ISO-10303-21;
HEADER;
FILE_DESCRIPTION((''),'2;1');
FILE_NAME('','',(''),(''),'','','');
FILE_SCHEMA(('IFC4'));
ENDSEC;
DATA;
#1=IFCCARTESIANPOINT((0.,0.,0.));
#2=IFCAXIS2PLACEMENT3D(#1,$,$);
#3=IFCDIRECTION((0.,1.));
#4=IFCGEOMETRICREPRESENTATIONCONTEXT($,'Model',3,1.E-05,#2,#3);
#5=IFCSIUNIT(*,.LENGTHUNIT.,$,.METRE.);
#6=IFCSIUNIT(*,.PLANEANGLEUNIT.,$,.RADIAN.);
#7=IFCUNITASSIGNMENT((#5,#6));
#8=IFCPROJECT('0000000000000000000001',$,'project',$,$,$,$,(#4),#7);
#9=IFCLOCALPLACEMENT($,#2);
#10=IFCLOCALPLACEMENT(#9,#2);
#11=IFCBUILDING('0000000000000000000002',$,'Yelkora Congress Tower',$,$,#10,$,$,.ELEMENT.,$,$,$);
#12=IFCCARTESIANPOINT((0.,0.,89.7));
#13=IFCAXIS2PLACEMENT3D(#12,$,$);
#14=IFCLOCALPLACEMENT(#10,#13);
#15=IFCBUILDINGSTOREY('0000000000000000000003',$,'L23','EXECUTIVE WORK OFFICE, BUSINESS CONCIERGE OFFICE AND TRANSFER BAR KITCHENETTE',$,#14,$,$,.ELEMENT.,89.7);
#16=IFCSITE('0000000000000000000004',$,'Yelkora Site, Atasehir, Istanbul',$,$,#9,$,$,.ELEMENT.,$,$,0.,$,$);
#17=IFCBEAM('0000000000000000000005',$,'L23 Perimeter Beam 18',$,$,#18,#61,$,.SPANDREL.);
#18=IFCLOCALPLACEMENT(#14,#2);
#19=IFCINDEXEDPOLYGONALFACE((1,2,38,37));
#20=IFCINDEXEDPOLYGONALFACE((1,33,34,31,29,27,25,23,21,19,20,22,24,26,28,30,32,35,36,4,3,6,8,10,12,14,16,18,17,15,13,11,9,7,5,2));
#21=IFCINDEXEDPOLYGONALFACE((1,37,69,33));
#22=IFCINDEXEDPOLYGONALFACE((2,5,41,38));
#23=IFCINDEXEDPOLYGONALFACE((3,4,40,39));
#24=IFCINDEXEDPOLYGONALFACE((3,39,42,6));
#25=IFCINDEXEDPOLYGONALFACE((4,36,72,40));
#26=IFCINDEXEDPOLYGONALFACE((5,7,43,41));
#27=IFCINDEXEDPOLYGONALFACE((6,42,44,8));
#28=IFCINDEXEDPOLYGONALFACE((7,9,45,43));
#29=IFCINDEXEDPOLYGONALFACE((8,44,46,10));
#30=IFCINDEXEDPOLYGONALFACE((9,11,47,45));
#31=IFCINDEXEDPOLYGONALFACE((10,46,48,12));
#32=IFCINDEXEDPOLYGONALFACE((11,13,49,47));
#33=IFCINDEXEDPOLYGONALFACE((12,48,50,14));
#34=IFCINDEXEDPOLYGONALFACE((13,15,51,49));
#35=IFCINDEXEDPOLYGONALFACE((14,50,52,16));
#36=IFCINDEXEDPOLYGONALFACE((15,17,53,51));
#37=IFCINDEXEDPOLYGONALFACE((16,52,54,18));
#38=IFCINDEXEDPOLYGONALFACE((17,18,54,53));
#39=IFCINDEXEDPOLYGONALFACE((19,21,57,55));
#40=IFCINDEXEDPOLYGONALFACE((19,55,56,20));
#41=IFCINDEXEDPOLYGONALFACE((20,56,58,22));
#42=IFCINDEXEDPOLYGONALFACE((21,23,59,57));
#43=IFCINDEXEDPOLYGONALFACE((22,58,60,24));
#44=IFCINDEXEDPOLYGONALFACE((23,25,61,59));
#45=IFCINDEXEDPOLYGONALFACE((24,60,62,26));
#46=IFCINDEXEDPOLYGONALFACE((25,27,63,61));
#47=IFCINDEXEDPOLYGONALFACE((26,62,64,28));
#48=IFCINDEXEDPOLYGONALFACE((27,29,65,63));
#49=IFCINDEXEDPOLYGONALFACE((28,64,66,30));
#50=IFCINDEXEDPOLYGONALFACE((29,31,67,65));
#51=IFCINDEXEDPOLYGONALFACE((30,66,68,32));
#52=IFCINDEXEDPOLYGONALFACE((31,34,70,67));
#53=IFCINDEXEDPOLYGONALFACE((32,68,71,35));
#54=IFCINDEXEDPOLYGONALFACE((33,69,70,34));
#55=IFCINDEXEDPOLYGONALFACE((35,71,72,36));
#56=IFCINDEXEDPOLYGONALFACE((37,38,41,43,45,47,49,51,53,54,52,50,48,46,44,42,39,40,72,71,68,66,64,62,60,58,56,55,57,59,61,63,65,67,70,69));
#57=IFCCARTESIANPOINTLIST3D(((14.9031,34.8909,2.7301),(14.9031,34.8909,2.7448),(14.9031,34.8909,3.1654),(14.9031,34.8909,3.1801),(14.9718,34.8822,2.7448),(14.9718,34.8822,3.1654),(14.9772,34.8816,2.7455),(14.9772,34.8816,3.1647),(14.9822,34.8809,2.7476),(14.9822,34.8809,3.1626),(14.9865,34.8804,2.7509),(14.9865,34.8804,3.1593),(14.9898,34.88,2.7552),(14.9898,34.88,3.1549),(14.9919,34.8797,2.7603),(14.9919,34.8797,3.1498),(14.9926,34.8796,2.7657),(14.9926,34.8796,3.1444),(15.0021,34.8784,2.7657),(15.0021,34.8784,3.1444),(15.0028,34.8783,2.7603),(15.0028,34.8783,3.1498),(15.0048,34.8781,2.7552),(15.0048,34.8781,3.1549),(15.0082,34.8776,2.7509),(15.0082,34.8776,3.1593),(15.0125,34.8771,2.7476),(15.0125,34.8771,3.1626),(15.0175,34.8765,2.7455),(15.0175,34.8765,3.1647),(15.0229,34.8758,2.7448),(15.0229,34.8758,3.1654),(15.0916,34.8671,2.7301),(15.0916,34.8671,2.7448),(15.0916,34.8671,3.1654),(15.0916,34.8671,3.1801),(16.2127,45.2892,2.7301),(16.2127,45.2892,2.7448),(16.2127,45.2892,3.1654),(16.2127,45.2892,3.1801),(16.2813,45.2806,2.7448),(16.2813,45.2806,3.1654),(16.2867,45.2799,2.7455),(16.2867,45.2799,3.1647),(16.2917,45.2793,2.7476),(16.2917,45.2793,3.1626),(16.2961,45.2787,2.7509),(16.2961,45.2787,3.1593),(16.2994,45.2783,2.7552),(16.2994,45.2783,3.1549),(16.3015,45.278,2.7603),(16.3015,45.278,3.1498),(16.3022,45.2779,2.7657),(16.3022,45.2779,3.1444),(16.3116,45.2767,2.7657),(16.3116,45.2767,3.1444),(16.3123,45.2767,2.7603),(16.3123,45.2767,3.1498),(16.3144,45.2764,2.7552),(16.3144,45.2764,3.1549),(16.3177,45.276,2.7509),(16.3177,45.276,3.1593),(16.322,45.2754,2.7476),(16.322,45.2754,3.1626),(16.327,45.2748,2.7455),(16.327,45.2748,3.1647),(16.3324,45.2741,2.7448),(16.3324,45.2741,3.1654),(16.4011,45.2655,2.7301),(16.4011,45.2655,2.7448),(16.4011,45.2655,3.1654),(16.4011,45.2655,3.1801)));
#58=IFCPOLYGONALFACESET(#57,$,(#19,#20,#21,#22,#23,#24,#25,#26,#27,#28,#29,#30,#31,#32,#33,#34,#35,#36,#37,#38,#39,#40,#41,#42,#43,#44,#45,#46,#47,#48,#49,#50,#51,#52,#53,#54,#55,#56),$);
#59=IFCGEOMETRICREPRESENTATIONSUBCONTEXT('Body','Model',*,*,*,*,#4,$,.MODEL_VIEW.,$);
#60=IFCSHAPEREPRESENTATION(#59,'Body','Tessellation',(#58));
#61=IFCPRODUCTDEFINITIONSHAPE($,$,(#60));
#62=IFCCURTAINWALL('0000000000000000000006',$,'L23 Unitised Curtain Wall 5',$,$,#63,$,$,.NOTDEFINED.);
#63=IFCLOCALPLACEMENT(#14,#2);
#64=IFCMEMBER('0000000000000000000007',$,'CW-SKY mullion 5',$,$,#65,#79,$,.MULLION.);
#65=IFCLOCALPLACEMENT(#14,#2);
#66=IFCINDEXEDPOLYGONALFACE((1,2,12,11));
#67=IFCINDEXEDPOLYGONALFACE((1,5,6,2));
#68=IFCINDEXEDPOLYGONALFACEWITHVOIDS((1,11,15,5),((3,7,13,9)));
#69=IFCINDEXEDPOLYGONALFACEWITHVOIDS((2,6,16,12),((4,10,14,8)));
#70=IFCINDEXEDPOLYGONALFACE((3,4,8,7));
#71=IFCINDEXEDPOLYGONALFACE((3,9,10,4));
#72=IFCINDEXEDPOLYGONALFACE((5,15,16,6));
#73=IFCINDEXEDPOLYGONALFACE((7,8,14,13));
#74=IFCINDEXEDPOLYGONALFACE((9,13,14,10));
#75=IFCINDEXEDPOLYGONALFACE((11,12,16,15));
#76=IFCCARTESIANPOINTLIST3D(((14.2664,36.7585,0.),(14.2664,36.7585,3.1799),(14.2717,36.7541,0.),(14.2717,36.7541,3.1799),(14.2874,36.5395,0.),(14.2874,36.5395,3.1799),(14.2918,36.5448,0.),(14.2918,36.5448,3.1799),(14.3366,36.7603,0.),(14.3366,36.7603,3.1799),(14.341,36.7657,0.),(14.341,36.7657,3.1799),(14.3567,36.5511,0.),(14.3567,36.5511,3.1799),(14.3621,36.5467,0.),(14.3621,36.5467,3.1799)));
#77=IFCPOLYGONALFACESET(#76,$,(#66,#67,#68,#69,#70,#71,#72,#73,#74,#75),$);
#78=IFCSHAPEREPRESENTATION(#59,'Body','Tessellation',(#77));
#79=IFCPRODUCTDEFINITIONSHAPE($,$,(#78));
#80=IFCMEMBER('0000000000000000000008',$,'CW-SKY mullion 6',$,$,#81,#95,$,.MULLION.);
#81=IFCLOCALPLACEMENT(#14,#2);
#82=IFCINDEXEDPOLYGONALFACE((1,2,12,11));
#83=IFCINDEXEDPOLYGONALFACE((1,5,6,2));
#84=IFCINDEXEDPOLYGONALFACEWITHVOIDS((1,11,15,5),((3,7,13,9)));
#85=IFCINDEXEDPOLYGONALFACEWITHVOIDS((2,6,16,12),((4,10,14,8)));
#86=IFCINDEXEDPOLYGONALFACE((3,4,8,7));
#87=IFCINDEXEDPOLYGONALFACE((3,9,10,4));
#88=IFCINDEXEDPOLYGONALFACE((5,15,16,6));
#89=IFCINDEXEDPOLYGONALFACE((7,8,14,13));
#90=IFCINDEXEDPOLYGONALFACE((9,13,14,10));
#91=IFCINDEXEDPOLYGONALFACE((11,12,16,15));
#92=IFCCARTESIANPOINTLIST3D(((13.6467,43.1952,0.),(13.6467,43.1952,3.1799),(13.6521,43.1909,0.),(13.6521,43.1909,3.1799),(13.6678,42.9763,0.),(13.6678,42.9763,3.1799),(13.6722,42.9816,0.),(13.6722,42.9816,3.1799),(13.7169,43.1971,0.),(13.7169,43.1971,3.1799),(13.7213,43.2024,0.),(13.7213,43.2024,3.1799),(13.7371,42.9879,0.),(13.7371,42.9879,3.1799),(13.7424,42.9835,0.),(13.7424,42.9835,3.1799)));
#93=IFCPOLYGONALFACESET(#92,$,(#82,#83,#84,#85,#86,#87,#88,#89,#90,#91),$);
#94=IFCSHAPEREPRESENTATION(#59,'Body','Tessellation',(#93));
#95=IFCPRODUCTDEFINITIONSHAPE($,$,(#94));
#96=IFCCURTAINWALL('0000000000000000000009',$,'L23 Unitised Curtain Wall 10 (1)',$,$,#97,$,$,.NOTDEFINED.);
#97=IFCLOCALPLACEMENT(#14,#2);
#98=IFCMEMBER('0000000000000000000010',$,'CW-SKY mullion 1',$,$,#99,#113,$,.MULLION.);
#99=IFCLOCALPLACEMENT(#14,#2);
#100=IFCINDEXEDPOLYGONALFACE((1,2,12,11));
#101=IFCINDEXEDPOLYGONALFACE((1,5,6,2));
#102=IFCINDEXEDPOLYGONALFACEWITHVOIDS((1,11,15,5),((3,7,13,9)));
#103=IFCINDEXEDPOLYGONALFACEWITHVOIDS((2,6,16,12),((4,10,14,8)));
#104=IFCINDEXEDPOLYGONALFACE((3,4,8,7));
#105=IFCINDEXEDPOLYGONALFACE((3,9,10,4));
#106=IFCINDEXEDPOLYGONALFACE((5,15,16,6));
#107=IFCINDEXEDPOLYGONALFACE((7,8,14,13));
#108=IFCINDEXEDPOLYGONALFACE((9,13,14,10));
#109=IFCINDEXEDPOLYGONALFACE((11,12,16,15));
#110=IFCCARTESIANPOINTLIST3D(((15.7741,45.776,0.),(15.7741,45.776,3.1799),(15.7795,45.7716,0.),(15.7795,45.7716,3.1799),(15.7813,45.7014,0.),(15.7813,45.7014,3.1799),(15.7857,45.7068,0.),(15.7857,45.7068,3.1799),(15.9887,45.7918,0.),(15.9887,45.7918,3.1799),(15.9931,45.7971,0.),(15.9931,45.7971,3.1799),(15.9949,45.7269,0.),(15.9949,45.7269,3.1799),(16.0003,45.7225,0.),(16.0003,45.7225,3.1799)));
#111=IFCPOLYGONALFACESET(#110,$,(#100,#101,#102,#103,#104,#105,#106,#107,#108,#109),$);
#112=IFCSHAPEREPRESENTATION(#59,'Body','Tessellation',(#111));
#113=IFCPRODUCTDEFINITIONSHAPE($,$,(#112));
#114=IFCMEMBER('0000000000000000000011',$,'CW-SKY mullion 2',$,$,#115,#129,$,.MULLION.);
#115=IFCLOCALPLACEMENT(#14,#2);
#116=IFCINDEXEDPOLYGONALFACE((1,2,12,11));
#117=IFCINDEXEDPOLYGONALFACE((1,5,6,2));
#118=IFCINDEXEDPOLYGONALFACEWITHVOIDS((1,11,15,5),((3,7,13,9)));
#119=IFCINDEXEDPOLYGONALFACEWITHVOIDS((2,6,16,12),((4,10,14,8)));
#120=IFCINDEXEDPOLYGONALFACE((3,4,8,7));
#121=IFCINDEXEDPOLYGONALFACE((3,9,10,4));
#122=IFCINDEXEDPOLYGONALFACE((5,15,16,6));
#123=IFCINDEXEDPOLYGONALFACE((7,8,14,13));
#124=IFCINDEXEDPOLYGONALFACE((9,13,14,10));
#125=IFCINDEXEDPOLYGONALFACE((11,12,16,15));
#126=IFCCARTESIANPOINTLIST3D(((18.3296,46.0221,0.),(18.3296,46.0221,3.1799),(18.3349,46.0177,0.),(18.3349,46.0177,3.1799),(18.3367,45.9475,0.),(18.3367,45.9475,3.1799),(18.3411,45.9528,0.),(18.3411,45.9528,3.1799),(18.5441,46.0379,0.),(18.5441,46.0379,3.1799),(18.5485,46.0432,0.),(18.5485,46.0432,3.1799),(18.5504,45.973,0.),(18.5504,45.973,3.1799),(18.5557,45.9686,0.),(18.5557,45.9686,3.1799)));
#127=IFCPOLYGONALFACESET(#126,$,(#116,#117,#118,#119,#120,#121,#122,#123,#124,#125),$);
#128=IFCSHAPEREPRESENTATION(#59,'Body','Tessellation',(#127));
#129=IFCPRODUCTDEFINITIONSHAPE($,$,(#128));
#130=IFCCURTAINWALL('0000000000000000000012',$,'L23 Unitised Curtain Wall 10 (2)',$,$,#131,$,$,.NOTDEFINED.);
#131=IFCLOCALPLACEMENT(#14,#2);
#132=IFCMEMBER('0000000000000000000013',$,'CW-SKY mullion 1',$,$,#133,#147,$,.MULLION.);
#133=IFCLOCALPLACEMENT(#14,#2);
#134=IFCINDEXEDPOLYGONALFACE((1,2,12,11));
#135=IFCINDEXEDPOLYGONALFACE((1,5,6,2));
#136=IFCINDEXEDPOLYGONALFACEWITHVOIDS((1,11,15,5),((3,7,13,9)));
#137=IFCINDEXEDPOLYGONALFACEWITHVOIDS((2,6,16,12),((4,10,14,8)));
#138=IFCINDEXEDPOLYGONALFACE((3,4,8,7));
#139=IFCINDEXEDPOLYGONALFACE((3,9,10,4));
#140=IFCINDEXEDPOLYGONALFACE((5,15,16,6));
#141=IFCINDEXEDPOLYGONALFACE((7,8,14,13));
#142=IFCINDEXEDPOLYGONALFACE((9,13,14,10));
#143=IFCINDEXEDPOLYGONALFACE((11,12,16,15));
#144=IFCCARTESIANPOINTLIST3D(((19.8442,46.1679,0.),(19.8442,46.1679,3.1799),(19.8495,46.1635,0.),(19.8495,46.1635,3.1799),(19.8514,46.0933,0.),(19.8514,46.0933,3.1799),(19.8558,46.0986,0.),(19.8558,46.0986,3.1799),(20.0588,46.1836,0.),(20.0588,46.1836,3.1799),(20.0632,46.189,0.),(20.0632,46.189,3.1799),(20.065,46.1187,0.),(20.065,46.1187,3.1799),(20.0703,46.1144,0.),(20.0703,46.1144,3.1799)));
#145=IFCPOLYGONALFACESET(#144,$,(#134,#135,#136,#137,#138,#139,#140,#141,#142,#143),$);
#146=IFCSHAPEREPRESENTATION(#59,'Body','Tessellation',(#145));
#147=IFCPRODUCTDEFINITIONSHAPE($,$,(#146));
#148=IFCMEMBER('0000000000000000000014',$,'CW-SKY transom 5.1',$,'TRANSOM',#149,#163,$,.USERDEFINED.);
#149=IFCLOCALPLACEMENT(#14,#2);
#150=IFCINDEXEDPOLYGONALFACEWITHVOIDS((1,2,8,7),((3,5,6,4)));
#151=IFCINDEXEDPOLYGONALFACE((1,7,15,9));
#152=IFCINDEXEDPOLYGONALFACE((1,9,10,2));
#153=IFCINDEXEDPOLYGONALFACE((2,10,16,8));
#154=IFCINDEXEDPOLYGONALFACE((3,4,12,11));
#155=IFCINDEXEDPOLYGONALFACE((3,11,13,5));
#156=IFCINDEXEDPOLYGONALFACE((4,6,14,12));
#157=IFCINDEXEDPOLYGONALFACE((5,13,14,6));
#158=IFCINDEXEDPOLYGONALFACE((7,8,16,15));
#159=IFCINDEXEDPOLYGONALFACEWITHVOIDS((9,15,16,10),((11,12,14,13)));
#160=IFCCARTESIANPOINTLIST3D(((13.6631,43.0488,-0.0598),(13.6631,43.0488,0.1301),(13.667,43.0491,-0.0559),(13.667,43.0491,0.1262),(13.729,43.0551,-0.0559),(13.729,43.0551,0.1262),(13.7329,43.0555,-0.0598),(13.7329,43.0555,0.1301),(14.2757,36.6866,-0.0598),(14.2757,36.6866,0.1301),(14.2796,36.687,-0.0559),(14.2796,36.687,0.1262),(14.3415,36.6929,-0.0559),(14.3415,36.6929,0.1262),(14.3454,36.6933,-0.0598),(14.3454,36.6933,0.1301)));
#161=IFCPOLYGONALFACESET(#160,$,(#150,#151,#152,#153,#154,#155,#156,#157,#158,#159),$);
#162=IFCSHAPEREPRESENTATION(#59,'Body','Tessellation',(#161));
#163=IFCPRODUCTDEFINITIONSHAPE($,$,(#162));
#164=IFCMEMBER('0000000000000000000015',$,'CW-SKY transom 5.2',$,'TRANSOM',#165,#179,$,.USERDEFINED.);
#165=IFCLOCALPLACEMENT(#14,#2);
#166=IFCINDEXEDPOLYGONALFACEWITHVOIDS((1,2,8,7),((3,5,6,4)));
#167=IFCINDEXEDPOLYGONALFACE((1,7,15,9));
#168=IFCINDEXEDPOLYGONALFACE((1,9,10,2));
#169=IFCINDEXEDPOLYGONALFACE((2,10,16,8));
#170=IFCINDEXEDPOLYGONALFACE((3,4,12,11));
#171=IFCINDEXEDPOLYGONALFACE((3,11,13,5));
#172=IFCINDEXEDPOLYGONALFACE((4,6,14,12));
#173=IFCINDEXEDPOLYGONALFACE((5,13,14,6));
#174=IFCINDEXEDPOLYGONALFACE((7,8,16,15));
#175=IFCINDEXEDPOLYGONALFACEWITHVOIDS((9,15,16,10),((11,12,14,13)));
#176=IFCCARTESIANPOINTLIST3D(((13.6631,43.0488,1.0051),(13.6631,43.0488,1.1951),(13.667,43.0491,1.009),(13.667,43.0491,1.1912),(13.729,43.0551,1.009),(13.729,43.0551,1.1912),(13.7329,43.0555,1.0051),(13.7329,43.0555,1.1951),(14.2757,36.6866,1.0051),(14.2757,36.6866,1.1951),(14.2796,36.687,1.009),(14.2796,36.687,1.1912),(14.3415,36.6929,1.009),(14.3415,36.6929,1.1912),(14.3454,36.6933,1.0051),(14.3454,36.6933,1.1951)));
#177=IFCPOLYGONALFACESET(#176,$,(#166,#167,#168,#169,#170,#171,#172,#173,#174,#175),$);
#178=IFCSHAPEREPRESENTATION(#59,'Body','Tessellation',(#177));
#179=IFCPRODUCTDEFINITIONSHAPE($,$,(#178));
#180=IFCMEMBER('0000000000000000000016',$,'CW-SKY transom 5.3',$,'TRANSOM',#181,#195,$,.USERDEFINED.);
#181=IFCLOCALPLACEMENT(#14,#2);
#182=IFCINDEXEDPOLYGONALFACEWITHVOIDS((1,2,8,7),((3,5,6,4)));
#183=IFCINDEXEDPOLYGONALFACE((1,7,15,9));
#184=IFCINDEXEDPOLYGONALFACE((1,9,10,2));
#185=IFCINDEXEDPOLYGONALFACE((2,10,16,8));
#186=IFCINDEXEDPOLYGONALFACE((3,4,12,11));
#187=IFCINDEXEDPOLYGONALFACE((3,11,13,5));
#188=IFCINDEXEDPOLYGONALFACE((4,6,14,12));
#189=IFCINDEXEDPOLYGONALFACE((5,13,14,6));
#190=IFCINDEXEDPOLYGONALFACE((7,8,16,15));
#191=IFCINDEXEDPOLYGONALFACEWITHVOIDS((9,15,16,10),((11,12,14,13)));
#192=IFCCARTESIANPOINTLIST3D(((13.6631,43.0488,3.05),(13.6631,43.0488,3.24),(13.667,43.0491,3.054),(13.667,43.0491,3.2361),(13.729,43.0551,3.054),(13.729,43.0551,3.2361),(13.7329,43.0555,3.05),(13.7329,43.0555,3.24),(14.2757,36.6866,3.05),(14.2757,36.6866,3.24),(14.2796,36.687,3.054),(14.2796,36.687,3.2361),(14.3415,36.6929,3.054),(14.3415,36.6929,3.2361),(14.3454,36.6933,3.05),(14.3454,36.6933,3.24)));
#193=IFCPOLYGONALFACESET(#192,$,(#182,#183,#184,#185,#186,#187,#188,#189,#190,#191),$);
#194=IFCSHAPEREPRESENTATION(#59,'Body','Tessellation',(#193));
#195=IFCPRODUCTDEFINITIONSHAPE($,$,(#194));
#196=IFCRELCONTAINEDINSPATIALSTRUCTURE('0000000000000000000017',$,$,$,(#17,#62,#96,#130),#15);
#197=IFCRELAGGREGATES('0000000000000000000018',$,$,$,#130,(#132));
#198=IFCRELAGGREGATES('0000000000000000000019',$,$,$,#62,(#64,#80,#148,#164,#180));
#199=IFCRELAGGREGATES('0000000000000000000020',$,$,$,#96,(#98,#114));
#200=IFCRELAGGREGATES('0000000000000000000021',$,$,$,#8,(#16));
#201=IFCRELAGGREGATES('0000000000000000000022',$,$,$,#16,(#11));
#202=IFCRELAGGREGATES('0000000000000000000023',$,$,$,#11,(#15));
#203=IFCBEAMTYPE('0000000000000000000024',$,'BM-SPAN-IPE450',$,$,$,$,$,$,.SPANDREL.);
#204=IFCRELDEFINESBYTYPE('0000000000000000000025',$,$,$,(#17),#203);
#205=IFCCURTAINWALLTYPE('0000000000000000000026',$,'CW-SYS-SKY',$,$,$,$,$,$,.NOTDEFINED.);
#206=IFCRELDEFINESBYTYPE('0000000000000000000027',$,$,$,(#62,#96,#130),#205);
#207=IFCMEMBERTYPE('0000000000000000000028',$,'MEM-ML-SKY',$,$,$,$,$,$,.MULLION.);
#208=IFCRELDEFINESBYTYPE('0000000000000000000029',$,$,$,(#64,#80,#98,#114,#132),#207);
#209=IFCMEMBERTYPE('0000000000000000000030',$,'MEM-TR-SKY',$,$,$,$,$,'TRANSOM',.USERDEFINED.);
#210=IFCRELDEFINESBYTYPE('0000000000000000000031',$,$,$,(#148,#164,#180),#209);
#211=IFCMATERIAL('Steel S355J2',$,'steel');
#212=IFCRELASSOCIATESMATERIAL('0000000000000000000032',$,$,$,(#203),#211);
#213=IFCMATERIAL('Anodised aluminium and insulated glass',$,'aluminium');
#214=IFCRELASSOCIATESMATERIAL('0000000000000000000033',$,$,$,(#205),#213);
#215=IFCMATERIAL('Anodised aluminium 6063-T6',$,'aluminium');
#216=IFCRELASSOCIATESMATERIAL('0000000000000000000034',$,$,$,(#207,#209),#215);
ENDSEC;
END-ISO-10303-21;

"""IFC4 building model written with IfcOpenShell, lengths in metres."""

from ifc_helpers import new_model, si_unit, direction, frame, origin, origin_2d, place, context, subcontext, project, spatial, hollow_rectangle, i_section, extrude, material, material_profile, profile_set, type_object, element, aggregate, save


model = new_model("IFC4")

# Units and contexts
model_context = context("Model", 3, precision=1e-05, world=origin(), true_north=direction((0.0, 1.0)))
body_context = subcontext(model_context, "Body", "Model", "MODEL_VIEW")
ifc_project = project(units=[si_unit("LENGTHUNIT", "METRE"), si_unit("PLANEANGLEUNIT", "RADIAN")], contexts=[model_context])

# Site, building, storey
site_placement = place(None, origin())
site = spatial("IfcSite", under=ifc_project, at=site_placement, Name="Yelkora Site, Atasehir, Istanbul", CompositionType="ELEMENT", RefElevation=0.0)
building_placement = place(site_placement, origin())
building = spatial("IfcBuilding", under=site, at=building_placement, Name="Yelkora Congress Tower", CompositionType="ELEMENT")
storey_placement = place(building_placement, frame((0.0, 0.0, 89.7)))
storey = spatial("IfcBuildingStorey", under=building, at=storey_placement, Name="L23", Description="EXECUTIVE WORK OFFICE, BUSINESS CONCIERGE OFFICE AND TRANSFER BAR KITCHENETTE", CompositionType="ELEMENT", Elevation=89.7)

# Beam
ifc_material_1 = material(Name="Steel S355J2", Category="steel")
ifc_material_profile_1 = material_profile(ifc_material_1, i_section(OverallWidth=0.1899, OverallDepth=0.45, WebThickness=0.0095, FlangeThickness=0.0146, FilletRadius=0.021, at=origin_2d()), Name="IPE 450")
ifc_profile_set_1 = profile_set([ifc_material_profile_1], Name="Steel S355J2")
beam_type_1 = type_object("IfcBeamType", Name="BM-SPAN-IPE450", PredefinedType="SPANDREL", material=ifc_profile_set_1)
beam_1_placement = place(storey_placement, frame((16.3069, 45.2773, 2.9551), z_axis=(-0.124952, -0.992163, 0.0), x_axis=(0.992163, -0.124952, 0.0)))
element("IfcBeam", 1, at=beam_1_placement, inside=storey, type_object=beam_type_1, Name="L23 Perimeter Beam 18", PredefinedType="SPANDREL", context=body_context, shape_type="SweptSolid", body=[
    extrude(i_section(OverallWidth=0.1899, OverallDepth=0.45, WebThickness=0.0095, FlangeThickness=0.0146, FilletRadius=0.021, at=origin_2d()), origin(), (0.0, 0.0, 1.0), 10.4805),
])

# Curtain walls, members
ifc_material_2 = material(Name="Anodised aluminium and insulated glass", Category="aluminium")
curtain_wall_type = type_object("IfcCurtainWallType", Name="CW-SYS-SKY", PredefinedType="NOTDEFINED", material=ifc_material_2)
curtain_wall_1_placement = place(storey_placement, origin())
curtain_wall_1 = element("IfcCurtainWall", 2, at=curtain_wall_1_placement, inside=storey, type_object=curtain_wall_type, Name="L23 Unitised Curtain Wall 5", PredefinedType="NOTDEFINED")
ifc_material_3 = material(Name="Anodised aluminium 6063-T6", Category="aluminium")
ifc_material_profile_2 = material_profile(ifc_material_3, hollow_rectangle(XDim=0.075, YDim=0.22, WallThickness=0.0049, at=origin_2d()), Name="ALU 75x220x5")
ifc_profile_set_2 = profile_set([ifc_material_profile_2], Name="Anodised aluminium 6063-T6")
member_type_1 = type_object("IfcMemberType", Name="MEM-ML-SKY", PredefinedType="MULLION", material=ifc_profile_set_2)
member_1_placement = place(storey_placement, frame((14.3142, 36.6526, 0.0), z_axis=(0.0, 0.0, 1.0), x_axis=(-0.995397, -0.095843, 0.0)))
member_1 = element("IfcMember", 3, at=member_1_placement, type_object=member_type_1, Name="CW-SKY mullion 5", PredefinedType="MULLION", context=body_context, shape_type="SweptSolid", body=[
    extrude(hollow_rectangle(XDim=0.075, YDim=0.22, WallThickness=0.0049, at=origin_2d()), origin(), (0.0, 0.0, 1.0), 3.1799),
])
member_2_placement = place(storey_placement, frame((13.6946, 43.0894, 0.0), z_axis=(0.0, 0.0, 1.0), x_axis=(-0.995397, -0.095843, 0.0)))
member_2 = element("IfcMember", 4, at=member_2_placement, type_object=member_type_1, Name="CW-SKY mullion 6", PredefinedType="MULLION", context=body_context, shape_type="SweptSolid", body=[
    extrude(hollow_rectangle(XDim=0.075, YDim=0.22, WallThickness=0.0049, at=origin_2d()), origin(), (0.0, 0.0, 1.0), 3.1799),
])
curtain_wall_2_placement = place(storey_placement, origin())
curtain_wall_2 = element("IfcCurtainWall", 5, at=curtain_wall_2_placement, inside=storey, type_object=curtain_wall_type, Name="L23 Unitised Curtain Wall 10 (1)", PredefinedType="NOTDEFINED")
member_3_placement = place(storey_placement, frame((15.8872, 45.7493, 0.0), z_axis=(0.0, 0.0, 1.0), x_axis=(-0.095823, 0.995398, 0.0)))
member_3 = element("IfcMember", 6, at=member_3_placement, type_object=member_type_1, Name="CW-SKY mullion 1", PredefinedType="MULLION", context=body_context, shape_type="SweptSolid", body=[
    extrude(hollow_rectangle(XDim=0.075, YDim=0.22, WallThickness=0.0049, at=origin_2d()), origin(), (0.0, 0.0, 1.0), 3.1799),
])
member_4_placement = place(storey_placement, frame((18.4426, 45.9954, 0.0), z_axis=(0.0, 0.0, 1.0), x_axis=(-0.095823, 0.995398, 0.0)))
member_4 = element("IfcMember", 7, at=member_4_placement, type_object=member_type_1, Name="CW-SKY mullion 2", PredefinedType="MULLION", context=body_context, shape_type="SweptSolid", body=[
    extrude(hollow_rectangle(XDim=0.075, YDim=0.22, WallThickness=0.0049, at=origin_2d()), origin(), (0.0, 0.0, 1.0), 3.1799),
])

# Curtain wall, member
curtain_wall_3_placement = place(storey_placement, origin())
curtain_wall_3 = element("IfcCurtainWall", 8, at=curtain_wall_3_placement, inside=storey, type_object=curtain_wall_type, Name="L23 Unitised Curtain Wall 10 (2)", PredefinedType="NOTDEFINED")
member_5_placement = place(storey_placement, frame((19.9573, 46.1411, 0.0), z_axis=(0.0, 0.0, 1.0), x_axis=(-0.095848, 0.995396, 0.0)))
member_5 = element("IfcMember", 9, at=member_5_placement, type_object=member_type_1, Name="CW-SKY mullion 1", PredefinedType="MULLION", context=body_context, shape_type="SweptSolid", body=[
    extrude(hollow_rectangle(XDim=0.075, YDim=0.22, WallThickness=0.0049, at=origin_2d()), origin(), (0.0, 0.0, 1.0), 3.1799),
])
aggregate(curtain_wall_3, [member_5])

# Members
ifc_material_profile_3 = material_profile(ifc_material_3, hollow_rectangle(XDim=0.0701, YDim=0.1899, WallThickness=0.0039, at=origin_2d()), Name="ALU 70x190x4")
ifc_profile_set_3 = profile_set([ifc_material_profile_3], Name="Anodised aluminium 6063-T6")
member_type_2 = type_object("IfcMemberType", Name="MEM-TR-SKY", ElementType="TRANSOM", PredefinedType="USERDEFINED", material=ifc_profile_set_3)
member_6_placement = place(storey_placement, frame((14.3105, 36.6899, 0.0352), z_axis=(-0.095838, 0.995397, 0.0), x_axis=(-0.995397, -0.095838, 0.0)))
member_6 = element("IfcMember", 10, at=member_6_placement, type_object=member_type_2, Name="CW-SKY transom 5.1", ObjectType="TRANSOM", PredefinedType="USERDEFINED", context=body_context, shape_type="SweptSolid", body=[
    extrude(hollow_rectangle(XDim=0.0701, YDim=0.1899, WallThickness=0.0039, at=origin_2d()), origin(), (0.0, 0.0, 1.0), 6.3916),
])
member_7_placement = place(storey_placement, frame((14.3105, 36.6899, 1.1001), z_axis=(-0.095838, 0.995397, 0.0), x_axis=(-0.995397, -0.095838, 0.0)))
member_7 = element("IfcMember", 11, at=member_7_placement, type_object=member_type_2, Name="CW-SKY transom 5.2", ObjectType="TRANSOM", PredefinedType="USERDEFINED", context=body_context, shape_type="SweptSolid", body=[
    extrude(hollow_rectangle(XDim=0.0701, YDim=0.1899, WallThickness=0.0039, at=origin_2d()), origin(), (0.0, 0.0, 1.0), 6.3916),
])
member_8_placement = place(storey_placement, frame((14.3105, 36.6899, 3.145), z_axis=(-0.095838, 0.995397, 0.0), x_axis=(-0.995397, -0.095838, 0.0)))
member_8 = element("IfcMember", 12, at=member_8_placement, type_object=member_type_2, Name="CW-SKY transom 5.3", ObjectType="TRANSOM", PredefinedType="USERDEFINED", context=body_context, shape_type="SweptSolid", body=[
    extrude(hollow_rectangle(XDim=0.0701, YDim=0.1899, WallThickness=0.0039, at=origin_2d()), origin(), (0.0, 0.0, 1.0), 6.3916),
])

aggregate(curtain_wall_1, [member_1, member_2, member_6, member_7, member_8])
aggregate(curtain_wall_2, [member_3, member_4])

save(model, "model.ifc")
